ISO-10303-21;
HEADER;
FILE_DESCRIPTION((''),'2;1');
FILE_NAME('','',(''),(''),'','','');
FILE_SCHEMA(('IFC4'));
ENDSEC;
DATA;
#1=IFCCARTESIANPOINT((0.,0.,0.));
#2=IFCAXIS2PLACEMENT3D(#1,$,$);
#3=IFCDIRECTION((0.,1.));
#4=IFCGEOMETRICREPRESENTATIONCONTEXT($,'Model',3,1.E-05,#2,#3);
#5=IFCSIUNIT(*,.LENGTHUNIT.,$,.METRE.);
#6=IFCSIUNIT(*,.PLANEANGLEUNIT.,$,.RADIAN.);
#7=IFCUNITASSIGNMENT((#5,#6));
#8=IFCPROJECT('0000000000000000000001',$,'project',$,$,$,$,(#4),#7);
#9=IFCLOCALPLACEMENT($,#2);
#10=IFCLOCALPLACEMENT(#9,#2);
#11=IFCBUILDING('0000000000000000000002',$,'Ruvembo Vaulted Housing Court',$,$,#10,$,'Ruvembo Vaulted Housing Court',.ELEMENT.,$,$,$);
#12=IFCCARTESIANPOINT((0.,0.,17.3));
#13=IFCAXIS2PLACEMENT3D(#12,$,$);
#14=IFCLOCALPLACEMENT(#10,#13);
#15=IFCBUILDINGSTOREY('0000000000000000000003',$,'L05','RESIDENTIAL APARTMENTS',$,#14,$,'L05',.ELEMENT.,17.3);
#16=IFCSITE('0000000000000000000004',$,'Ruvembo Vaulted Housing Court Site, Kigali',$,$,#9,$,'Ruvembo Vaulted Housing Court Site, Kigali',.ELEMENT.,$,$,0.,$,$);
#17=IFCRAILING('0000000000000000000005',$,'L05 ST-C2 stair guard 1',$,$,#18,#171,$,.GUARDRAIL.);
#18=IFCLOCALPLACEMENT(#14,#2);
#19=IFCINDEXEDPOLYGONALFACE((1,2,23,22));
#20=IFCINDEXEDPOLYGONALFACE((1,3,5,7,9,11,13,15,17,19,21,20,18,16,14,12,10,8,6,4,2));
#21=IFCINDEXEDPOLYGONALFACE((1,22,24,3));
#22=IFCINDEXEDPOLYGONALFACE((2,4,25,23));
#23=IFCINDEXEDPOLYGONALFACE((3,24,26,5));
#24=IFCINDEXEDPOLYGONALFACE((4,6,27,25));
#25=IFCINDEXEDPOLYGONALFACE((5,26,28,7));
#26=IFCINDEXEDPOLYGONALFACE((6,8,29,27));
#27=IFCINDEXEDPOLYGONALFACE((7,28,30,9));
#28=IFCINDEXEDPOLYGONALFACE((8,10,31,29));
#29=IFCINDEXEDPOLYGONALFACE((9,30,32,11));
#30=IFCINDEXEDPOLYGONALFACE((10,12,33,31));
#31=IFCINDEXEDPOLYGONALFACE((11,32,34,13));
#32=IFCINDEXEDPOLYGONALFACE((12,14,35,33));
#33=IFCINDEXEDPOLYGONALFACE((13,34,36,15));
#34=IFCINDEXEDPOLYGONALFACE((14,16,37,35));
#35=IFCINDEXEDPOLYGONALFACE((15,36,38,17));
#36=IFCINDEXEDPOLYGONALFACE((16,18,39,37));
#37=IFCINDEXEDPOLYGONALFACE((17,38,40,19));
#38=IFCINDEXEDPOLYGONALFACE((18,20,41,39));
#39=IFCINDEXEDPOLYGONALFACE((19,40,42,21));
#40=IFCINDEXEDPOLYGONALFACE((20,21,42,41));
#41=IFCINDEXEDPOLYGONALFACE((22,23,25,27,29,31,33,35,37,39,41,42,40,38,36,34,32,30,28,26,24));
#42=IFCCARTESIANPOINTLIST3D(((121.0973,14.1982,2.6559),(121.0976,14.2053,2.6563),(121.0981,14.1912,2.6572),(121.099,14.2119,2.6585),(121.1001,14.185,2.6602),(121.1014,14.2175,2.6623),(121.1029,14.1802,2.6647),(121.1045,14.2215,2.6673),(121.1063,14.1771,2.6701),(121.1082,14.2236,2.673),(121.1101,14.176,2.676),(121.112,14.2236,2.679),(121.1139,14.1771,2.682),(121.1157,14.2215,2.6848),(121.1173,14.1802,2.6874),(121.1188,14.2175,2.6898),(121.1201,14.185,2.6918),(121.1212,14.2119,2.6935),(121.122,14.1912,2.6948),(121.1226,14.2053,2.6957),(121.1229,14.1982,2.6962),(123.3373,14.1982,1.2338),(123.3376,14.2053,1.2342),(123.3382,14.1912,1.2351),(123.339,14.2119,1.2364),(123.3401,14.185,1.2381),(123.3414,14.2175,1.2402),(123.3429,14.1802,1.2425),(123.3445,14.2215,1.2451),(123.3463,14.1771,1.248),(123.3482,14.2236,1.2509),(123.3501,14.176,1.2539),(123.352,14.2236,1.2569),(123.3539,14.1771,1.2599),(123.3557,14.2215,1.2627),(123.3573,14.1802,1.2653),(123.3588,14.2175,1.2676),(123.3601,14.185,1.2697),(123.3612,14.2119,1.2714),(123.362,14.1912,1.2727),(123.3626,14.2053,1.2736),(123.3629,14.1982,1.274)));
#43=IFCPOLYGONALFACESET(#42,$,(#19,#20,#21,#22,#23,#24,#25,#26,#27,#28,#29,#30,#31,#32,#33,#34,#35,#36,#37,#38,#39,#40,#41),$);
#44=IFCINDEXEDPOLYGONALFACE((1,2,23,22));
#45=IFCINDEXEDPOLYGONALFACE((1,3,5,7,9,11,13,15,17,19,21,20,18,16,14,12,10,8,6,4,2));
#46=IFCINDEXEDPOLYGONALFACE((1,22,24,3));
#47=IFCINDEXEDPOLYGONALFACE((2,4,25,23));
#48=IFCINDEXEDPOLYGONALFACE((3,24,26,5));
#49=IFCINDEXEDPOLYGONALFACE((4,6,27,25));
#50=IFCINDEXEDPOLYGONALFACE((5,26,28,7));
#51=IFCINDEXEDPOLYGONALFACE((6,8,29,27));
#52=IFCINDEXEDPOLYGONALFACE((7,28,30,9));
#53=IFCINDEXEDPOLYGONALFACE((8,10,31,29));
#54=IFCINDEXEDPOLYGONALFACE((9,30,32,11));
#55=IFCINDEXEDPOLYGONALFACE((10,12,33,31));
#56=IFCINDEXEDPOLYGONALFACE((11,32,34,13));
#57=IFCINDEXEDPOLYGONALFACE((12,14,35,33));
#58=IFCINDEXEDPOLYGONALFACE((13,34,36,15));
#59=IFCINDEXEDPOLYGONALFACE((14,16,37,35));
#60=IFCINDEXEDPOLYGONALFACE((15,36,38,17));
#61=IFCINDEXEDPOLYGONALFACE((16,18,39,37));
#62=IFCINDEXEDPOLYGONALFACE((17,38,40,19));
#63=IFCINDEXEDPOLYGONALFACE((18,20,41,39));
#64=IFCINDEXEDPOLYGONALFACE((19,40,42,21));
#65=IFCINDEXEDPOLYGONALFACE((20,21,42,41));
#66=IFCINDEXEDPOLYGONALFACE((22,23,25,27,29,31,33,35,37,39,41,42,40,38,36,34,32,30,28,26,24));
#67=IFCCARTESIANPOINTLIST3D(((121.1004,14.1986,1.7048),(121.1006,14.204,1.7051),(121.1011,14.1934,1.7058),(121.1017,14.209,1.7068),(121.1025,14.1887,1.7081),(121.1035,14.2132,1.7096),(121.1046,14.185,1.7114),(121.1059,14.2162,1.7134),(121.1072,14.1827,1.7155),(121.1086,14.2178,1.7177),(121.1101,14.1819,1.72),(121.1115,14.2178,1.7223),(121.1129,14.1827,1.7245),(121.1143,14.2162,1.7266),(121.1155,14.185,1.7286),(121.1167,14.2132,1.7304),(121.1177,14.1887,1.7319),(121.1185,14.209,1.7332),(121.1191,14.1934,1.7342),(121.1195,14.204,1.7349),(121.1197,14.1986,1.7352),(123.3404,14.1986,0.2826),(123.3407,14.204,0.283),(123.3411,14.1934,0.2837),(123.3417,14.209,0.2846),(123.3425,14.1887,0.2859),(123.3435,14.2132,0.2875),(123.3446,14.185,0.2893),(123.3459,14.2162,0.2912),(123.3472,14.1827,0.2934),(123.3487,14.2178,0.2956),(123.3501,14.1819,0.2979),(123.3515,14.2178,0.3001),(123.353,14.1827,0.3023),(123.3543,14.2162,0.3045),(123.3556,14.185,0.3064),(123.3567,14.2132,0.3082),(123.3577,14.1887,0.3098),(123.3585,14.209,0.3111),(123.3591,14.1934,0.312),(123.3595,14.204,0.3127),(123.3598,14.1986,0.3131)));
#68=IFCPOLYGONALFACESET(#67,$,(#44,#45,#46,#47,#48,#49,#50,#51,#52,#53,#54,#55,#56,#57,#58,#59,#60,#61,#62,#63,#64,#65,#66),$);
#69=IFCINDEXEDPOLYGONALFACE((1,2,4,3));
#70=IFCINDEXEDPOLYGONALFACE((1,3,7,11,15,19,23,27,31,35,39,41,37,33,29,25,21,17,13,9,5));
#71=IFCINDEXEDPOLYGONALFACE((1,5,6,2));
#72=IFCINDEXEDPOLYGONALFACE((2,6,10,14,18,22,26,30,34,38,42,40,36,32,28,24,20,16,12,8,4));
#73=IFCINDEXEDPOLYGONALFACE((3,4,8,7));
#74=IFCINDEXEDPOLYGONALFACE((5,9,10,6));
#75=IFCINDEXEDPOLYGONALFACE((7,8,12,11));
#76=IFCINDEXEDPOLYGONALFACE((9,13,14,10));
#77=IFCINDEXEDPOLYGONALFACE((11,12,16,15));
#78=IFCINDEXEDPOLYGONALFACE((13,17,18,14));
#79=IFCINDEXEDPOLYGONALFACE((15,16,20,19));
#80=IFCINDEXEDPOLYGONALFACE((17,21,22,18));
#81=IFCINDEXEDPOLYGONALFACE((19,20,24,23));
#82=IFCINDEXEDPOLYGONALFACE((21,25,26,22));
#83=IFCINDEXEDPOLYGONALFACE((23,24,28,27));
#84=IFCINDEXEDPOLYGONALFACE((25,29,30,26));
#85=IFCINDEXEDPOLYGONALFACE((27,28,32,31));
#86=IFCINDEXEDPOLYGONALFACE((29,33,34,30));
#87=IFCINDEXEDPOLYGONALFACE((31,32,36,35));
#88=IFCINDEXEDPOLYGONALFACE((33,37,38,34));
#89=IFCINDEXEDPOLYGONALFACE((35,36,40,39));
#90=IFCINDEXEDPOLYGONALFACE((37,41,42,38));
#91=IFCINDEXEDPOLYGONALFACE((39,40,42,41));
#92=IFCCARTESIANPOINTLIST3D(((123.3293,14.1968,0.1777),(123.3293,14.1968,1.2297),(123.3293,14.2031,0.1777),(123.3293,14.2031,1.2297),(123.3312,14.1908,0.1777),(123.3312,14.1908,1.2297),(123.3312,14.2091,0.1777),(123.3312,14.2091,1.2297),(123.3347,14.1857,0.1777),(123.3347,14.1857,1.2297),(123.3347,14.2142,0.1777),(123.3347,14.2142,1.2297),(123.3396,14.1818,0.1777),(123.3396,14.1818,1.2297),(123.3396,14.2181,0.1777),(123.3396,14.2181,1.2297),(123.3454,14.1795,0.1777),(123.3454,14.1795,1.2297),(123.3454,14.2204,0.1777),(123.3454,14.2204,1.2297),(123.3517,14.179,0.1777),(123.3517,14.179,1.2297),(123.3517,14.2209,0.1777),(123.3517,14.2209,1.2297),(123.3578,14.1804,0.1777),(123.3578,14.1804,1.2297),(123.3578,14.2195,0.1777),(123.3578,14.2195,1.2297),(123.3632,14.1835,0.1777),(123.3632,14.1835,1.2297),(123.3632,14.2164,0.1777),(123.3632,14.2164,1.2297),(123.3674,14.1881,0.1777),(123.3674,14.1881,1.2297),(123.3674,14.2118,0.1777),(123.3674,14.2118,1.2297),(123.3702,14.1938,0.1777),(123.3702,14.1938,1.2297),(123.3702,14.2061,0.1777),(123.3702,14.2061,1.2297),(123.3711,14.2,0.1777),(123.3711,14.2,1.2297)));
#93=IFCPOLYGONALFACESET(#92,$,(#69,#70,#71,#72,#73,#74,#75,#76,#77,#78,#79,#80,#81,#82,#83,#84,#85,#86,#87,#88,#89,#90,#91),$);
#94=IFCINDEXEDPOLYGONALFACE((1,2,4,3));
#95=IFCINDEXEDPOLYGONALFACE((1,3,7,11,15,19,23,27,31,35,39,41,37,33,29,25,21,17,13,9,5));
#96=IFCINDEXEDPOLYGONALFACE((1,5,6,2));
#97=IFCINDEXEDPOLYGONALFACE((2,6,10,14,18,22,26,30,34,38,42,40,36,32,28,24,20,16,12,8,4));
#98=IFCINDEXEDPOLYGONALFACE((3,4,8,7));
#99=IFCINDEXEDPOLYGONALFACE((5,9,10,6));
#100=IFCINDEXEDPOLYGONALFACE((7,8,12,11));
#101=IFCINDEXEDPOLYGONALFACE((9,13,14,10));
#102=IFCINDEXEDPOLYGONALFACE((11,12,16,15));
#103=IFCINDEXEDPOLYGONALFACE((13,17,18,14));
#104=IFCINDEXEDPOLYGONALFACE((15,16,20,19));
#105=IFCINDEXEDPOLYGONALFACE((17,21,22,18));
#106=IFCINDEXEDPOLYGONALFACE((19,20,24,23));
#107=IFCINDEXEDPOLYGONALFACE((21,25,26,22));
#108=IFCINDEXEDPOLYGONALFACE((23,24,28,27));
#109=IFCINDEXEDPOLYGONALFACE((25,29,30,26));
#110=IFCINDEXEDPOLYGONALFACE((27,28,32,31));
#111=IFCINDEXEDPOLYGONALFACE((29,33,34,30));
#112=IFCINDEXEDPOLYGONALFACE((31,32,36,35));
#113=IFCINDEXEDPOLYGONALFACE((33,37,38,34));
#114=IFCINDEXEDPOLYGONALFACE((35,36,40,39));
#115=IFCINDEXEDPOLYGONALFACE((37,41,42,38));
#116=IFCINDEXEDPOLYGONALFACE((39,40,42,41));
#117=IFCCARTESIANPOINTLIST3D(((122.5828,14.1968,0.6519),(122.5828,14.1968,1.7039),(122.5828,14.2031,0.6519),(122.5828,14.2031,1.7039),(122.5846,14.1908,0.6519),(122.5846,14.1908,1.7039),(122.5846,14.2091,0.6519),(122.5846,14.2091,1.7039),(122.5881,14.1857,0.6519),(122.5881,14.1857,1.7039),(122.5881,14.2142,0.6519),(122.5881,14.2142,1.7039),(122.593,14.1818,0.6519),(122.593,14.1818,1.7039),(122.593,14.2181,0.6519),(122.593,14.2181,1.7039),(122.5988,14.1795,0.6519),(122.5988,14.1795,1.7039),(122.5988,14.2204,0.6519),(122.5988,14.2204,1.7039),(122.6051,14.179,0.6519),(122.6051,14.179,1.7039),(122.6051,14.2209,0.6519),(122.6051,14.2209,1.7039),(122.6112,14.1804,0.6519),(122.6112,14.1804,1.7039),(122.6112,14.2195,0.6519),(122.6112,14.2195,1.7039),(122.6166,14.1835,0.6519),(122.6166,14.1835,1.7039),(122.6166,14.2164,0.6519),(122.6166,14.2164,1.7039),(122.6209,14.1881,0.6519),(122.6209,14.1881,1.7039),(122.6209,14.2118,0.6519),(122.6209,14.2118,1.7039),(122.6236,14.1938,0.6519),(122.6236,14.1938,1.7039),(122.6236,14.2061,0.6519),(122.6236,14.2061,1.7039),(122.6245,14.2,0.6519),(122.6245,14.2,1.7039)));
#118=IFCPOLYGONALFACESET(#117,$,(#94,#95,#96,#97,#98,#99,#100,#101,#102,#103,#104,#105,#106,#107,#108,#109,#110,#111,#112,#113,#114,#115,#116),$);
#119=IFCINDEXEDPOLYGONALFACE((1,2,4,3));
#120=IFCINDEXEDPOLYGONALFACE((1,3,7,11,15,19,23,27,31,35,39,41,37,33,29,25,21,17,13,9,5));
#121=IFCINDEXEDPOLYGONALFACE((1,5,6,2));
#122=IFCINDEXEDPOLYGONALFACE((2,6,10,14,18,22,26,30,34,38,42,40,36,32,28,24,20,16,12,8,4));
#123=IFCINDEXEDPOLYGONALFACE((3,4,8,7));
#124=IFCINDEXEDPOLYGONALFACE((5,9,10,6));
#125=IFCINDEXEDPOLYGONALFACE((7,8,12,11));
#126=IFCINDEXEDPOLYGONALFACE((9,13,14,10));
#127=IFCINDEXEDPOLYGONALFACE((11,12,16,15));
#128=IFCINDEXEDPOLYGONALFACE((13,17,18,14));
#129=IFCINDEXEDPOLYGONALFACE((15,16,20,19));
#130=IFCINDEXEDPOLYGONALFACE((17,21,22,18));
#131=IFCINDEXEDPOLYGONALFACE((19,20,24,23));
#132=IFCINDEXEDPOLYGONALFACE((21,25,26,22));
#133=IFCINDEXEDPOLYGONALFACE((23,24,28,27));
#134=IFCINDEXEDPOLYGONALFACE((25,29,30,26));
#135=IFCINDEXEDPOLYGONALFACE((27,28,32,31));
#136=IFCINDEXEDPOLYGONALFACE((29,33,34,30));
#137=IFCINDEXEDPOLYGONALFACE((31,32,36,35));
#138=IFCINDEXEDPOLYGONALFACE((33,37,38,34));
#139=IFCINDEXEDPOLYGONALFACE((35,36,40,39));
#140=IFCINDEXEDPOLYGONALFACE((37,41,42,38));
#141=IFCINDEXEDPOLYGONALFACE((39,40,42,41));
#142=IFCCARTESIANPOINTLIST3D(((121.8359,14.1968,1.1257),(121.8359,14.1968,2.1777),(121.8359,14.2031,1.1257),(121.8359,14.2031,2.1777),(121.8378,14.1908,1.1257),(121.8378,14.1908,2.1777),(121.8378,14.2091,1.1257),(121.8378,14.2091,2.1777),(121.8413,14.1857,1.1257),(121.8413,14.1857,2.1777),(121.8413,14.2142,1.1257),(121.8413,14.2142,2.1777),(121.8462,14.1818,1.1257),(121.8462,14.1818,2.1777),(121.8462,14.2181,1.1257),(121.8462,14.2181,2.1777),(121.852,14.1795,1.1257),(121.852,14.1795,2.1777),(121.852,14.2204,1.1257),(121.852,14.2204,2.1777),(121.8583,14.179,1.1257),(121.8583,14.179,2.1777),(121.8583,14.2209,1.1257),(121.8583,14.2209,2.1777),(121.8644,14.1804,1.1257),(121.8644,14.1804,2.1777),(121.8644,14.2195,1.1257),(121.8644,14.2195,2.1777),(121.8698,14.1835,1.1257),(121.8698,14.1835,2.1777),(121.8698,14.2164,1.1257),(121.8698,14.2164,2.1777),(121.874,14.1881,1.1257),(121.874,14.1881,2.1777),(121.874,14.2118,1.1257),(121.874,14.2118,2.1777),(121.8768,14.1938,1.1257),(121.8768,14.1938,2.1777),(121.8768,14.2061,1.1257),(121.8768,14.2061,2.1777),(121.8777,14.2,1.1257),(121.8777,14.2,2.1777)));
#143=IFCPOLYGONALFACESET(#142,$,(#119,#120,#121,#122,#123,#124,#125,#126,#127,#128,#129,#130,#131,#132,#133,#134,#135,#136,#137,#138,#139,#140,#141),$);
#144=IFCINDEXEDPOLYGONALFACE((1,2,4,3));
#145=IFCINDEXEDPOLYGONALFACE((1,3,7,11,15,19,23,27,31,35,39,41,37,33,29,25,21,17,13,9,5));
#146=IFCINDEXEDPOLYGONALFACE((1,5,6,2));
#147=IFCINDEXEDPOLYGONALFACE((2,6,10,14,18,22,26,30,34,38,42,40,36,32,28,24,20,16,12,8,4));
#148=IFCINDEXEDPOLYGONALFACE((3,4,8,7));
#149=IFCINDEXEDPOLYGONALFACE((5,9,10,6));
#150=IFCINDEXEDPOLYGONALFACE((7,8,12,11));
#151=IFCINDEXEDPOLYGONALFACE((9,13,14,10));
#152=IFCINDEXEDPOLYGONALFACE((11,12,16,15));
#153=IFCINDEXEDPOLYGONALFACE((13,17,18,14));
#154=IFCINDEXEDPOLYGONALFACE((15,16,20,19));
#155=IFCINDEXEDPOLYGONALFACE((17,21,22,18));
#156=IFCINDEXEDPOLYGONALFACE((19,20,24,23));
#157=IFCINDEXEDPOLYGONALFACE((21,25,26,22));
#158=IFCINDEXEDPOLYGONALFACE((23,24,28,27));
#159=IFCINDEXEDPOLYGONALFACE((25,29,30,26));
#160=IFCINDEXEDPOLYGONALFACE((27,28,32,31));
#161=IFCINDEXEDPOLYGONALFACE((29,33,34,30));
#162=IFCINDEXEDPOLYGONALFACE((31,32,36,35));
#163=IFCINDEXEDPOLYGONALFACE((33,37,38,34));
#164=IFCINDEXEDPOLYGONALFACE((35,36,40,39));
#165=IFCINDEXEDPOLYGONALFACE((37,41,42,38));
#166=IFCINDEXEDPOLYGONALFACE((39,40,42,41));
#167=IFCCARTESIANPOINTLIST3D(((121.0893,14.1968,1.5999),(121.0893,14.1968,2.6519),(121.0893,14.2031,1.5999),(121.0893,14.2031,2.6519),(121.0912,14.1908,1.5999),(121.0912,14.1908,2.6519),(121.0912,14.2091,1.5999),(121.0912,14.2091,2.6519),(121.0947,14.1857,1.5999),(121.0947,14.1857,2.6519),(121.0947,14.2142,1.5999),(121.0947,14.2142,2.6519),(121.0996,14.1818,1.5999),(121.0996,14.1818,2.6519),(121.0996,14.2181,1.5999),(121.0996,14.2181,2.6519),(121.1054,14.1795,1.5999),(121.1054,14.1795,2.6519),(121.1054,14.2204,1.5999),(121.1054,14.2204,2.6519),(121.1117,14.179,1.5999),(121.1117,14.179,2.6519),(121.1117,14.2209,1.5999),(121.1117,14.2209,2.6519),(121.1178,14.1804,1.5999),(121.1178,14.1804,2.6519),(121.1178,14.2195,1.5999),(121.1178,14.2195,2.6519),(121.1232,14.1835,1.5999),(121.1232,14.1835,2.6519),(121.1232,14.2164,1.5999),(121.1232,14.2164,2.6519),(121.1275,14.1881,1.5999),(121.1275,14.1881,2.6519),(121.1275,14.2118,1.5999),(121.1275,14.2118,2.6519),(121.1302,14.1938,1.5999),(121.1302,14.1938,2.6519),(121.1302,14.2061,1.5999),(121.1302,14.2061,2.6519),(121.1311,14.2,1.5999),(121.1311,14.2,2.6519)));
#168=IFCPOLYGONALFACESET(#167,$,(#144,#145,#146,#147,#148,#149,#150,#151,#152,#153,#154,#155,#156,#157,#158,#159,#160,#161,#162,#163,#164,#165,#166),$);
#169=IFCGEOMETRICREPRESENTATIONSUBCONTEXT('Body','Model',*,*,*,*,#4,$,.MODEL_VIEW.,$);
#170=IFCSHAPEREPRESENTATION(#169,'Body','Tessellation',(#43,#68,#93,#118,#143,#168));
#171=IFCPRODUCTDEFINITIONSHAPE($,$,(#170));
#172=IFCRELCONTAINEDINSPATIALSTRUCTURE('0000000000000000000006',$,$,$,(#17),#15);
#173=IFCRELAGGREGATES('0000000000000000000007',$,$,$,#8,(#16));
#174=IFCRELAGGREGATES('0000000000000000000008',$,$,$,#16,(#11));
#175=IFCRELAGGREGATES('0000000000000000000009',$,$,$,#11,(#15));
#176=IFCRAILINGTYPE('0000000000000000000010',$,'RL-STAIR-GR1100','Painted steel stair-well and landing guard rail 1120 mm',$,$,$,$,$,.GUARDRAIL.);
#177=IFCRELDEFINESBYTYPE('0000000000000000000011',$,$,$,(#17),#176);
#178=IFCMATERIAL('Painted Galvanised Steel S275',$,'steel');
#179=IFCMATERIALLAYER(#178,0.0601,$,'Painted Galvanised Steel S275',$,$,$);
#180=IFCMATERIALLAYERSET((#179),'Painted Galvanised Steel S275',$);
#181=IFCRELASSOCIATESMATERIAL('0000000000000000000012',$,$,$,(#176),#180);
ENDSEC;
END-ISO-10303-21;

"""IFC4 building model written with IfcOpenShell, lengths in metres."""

from ifc_helpers import new_model, si_unit, direction, frame, origin, origin_2d, place, context, subcontext, project, spatial, circle, extrude, material, layer, layer_set, type_object, element, save


model = new_model("IFC4")

# Units and contexts
model_context = context("Model", 3, precision=1e-05, world=origin(), true_north=direction((0.0, 1.0)))
body_context = subcontext(model_context, "Body", "Model", "MODEL_VIEW")
ifc_project = project(units=[si_unit("LENGTHUNIT", "METRE"), si_unit("PLANEANGLEUNIT", "RADIAN")], contexts=[model_context])

# Site, building, storey
site_placement = place(None, origin())
site = spatial("IfcSite", under=ifc_project, at=site_placement, Name="Ruvembo Vaulted Housing Court Site, Kigali", LongName="Ruvembo Vaulted Housing Court Site, Kigali", CompositionType="ELEMENT", RefElevation=0.0)
building_placement = place(site_placement, origin())
building = spatial("IfcBuilding", under=site, at=building_placement, Name="Ruvembo Vaulted Housing Court", LongName="Ruvembo Vaulted Housing Court", CompositionType="ELEMENT")
storey_placement = place(building_placement, frame((0.0, 0.0, 17.3)))
storey = spatial("IfcBuildingStorey", under=building, at=storey_placement, Name="L05", Description="RESIDENTIAL APARTMENTS", LongName="L05", CompositionType="ELEMENT", Elevation=17.3)

# Railing
ifc_material_1 = material(Name="Painted Galvanised Steel S275", Category="steel")
ifc_layer_1 = layer(ifc_material_1, 0.0601, Name="Painted Galvanised Steel S275")
ifc_layer_set_1 = layer_set([ifc_layer_1], Name="Painted Galvanised Steel S275")
railing_type_1 = type_object("IfcRailingType", Name="RL-STAIR-GR1100", Description="Painted steel stair-well and landing guard rail 1120 mm", PredefinedType="GUARDRAIL", material=ifc_layer_set_1)
railing_1_placement = place(storey_placement, frame((123.3501, 14.2, 0.1777)))
element("IfcRailing", 1, at=railing_1_placement, inside=storey, type_object=railing_type_1, Name="L05 ST-C2 stair guard 1", PredefinedType="GUARDRAIL", context=body_context, shape_type="SweptSolid", body=[
    extrude(circle(Radius=0.0239, at=origin_2d()), frame((0.0, 0.0, 1.0762), z_axis=(-0.844229, 0.0, 0.535982), x_axis=(0.0, -1.0, 0.0)), (0.0, 0.0, 1.0), 2.6533),
    extrude(circle(Radius=0.0181, at=origin_2d()), frame((0.0, 0.0, 0.1201), z_axis=(-0.844229, 0.0, 0.535982), x_axis=(0.0, -1.0, 0.0)), (0.0, 0.0, 1.0), 2.6533),
    extrude(circle(Radius=0.021, at=origin_2d()), origin(), (0.0, 0.0, 1.0), 1.052),
    extrude(circle(Radius=0.021, at=origin_2d()), frame((-0.7466, 0.0, 0.4741)), (0.0, 0.0, 1.0), 1.052),
    extrude(circle(Radius=0.021, at=origin_2d()), frame((-1.4934, 0.0, 0.948)), (0.0, 0.0, 1.0), 1.052),
    extrude(circle(Radius=0.021, at=origin_2d()), frame((-2.24, 0.0, 1.4221)), (0.0, 0.0, 1.0), 1.052),
])

save(model, "model.ifc")
